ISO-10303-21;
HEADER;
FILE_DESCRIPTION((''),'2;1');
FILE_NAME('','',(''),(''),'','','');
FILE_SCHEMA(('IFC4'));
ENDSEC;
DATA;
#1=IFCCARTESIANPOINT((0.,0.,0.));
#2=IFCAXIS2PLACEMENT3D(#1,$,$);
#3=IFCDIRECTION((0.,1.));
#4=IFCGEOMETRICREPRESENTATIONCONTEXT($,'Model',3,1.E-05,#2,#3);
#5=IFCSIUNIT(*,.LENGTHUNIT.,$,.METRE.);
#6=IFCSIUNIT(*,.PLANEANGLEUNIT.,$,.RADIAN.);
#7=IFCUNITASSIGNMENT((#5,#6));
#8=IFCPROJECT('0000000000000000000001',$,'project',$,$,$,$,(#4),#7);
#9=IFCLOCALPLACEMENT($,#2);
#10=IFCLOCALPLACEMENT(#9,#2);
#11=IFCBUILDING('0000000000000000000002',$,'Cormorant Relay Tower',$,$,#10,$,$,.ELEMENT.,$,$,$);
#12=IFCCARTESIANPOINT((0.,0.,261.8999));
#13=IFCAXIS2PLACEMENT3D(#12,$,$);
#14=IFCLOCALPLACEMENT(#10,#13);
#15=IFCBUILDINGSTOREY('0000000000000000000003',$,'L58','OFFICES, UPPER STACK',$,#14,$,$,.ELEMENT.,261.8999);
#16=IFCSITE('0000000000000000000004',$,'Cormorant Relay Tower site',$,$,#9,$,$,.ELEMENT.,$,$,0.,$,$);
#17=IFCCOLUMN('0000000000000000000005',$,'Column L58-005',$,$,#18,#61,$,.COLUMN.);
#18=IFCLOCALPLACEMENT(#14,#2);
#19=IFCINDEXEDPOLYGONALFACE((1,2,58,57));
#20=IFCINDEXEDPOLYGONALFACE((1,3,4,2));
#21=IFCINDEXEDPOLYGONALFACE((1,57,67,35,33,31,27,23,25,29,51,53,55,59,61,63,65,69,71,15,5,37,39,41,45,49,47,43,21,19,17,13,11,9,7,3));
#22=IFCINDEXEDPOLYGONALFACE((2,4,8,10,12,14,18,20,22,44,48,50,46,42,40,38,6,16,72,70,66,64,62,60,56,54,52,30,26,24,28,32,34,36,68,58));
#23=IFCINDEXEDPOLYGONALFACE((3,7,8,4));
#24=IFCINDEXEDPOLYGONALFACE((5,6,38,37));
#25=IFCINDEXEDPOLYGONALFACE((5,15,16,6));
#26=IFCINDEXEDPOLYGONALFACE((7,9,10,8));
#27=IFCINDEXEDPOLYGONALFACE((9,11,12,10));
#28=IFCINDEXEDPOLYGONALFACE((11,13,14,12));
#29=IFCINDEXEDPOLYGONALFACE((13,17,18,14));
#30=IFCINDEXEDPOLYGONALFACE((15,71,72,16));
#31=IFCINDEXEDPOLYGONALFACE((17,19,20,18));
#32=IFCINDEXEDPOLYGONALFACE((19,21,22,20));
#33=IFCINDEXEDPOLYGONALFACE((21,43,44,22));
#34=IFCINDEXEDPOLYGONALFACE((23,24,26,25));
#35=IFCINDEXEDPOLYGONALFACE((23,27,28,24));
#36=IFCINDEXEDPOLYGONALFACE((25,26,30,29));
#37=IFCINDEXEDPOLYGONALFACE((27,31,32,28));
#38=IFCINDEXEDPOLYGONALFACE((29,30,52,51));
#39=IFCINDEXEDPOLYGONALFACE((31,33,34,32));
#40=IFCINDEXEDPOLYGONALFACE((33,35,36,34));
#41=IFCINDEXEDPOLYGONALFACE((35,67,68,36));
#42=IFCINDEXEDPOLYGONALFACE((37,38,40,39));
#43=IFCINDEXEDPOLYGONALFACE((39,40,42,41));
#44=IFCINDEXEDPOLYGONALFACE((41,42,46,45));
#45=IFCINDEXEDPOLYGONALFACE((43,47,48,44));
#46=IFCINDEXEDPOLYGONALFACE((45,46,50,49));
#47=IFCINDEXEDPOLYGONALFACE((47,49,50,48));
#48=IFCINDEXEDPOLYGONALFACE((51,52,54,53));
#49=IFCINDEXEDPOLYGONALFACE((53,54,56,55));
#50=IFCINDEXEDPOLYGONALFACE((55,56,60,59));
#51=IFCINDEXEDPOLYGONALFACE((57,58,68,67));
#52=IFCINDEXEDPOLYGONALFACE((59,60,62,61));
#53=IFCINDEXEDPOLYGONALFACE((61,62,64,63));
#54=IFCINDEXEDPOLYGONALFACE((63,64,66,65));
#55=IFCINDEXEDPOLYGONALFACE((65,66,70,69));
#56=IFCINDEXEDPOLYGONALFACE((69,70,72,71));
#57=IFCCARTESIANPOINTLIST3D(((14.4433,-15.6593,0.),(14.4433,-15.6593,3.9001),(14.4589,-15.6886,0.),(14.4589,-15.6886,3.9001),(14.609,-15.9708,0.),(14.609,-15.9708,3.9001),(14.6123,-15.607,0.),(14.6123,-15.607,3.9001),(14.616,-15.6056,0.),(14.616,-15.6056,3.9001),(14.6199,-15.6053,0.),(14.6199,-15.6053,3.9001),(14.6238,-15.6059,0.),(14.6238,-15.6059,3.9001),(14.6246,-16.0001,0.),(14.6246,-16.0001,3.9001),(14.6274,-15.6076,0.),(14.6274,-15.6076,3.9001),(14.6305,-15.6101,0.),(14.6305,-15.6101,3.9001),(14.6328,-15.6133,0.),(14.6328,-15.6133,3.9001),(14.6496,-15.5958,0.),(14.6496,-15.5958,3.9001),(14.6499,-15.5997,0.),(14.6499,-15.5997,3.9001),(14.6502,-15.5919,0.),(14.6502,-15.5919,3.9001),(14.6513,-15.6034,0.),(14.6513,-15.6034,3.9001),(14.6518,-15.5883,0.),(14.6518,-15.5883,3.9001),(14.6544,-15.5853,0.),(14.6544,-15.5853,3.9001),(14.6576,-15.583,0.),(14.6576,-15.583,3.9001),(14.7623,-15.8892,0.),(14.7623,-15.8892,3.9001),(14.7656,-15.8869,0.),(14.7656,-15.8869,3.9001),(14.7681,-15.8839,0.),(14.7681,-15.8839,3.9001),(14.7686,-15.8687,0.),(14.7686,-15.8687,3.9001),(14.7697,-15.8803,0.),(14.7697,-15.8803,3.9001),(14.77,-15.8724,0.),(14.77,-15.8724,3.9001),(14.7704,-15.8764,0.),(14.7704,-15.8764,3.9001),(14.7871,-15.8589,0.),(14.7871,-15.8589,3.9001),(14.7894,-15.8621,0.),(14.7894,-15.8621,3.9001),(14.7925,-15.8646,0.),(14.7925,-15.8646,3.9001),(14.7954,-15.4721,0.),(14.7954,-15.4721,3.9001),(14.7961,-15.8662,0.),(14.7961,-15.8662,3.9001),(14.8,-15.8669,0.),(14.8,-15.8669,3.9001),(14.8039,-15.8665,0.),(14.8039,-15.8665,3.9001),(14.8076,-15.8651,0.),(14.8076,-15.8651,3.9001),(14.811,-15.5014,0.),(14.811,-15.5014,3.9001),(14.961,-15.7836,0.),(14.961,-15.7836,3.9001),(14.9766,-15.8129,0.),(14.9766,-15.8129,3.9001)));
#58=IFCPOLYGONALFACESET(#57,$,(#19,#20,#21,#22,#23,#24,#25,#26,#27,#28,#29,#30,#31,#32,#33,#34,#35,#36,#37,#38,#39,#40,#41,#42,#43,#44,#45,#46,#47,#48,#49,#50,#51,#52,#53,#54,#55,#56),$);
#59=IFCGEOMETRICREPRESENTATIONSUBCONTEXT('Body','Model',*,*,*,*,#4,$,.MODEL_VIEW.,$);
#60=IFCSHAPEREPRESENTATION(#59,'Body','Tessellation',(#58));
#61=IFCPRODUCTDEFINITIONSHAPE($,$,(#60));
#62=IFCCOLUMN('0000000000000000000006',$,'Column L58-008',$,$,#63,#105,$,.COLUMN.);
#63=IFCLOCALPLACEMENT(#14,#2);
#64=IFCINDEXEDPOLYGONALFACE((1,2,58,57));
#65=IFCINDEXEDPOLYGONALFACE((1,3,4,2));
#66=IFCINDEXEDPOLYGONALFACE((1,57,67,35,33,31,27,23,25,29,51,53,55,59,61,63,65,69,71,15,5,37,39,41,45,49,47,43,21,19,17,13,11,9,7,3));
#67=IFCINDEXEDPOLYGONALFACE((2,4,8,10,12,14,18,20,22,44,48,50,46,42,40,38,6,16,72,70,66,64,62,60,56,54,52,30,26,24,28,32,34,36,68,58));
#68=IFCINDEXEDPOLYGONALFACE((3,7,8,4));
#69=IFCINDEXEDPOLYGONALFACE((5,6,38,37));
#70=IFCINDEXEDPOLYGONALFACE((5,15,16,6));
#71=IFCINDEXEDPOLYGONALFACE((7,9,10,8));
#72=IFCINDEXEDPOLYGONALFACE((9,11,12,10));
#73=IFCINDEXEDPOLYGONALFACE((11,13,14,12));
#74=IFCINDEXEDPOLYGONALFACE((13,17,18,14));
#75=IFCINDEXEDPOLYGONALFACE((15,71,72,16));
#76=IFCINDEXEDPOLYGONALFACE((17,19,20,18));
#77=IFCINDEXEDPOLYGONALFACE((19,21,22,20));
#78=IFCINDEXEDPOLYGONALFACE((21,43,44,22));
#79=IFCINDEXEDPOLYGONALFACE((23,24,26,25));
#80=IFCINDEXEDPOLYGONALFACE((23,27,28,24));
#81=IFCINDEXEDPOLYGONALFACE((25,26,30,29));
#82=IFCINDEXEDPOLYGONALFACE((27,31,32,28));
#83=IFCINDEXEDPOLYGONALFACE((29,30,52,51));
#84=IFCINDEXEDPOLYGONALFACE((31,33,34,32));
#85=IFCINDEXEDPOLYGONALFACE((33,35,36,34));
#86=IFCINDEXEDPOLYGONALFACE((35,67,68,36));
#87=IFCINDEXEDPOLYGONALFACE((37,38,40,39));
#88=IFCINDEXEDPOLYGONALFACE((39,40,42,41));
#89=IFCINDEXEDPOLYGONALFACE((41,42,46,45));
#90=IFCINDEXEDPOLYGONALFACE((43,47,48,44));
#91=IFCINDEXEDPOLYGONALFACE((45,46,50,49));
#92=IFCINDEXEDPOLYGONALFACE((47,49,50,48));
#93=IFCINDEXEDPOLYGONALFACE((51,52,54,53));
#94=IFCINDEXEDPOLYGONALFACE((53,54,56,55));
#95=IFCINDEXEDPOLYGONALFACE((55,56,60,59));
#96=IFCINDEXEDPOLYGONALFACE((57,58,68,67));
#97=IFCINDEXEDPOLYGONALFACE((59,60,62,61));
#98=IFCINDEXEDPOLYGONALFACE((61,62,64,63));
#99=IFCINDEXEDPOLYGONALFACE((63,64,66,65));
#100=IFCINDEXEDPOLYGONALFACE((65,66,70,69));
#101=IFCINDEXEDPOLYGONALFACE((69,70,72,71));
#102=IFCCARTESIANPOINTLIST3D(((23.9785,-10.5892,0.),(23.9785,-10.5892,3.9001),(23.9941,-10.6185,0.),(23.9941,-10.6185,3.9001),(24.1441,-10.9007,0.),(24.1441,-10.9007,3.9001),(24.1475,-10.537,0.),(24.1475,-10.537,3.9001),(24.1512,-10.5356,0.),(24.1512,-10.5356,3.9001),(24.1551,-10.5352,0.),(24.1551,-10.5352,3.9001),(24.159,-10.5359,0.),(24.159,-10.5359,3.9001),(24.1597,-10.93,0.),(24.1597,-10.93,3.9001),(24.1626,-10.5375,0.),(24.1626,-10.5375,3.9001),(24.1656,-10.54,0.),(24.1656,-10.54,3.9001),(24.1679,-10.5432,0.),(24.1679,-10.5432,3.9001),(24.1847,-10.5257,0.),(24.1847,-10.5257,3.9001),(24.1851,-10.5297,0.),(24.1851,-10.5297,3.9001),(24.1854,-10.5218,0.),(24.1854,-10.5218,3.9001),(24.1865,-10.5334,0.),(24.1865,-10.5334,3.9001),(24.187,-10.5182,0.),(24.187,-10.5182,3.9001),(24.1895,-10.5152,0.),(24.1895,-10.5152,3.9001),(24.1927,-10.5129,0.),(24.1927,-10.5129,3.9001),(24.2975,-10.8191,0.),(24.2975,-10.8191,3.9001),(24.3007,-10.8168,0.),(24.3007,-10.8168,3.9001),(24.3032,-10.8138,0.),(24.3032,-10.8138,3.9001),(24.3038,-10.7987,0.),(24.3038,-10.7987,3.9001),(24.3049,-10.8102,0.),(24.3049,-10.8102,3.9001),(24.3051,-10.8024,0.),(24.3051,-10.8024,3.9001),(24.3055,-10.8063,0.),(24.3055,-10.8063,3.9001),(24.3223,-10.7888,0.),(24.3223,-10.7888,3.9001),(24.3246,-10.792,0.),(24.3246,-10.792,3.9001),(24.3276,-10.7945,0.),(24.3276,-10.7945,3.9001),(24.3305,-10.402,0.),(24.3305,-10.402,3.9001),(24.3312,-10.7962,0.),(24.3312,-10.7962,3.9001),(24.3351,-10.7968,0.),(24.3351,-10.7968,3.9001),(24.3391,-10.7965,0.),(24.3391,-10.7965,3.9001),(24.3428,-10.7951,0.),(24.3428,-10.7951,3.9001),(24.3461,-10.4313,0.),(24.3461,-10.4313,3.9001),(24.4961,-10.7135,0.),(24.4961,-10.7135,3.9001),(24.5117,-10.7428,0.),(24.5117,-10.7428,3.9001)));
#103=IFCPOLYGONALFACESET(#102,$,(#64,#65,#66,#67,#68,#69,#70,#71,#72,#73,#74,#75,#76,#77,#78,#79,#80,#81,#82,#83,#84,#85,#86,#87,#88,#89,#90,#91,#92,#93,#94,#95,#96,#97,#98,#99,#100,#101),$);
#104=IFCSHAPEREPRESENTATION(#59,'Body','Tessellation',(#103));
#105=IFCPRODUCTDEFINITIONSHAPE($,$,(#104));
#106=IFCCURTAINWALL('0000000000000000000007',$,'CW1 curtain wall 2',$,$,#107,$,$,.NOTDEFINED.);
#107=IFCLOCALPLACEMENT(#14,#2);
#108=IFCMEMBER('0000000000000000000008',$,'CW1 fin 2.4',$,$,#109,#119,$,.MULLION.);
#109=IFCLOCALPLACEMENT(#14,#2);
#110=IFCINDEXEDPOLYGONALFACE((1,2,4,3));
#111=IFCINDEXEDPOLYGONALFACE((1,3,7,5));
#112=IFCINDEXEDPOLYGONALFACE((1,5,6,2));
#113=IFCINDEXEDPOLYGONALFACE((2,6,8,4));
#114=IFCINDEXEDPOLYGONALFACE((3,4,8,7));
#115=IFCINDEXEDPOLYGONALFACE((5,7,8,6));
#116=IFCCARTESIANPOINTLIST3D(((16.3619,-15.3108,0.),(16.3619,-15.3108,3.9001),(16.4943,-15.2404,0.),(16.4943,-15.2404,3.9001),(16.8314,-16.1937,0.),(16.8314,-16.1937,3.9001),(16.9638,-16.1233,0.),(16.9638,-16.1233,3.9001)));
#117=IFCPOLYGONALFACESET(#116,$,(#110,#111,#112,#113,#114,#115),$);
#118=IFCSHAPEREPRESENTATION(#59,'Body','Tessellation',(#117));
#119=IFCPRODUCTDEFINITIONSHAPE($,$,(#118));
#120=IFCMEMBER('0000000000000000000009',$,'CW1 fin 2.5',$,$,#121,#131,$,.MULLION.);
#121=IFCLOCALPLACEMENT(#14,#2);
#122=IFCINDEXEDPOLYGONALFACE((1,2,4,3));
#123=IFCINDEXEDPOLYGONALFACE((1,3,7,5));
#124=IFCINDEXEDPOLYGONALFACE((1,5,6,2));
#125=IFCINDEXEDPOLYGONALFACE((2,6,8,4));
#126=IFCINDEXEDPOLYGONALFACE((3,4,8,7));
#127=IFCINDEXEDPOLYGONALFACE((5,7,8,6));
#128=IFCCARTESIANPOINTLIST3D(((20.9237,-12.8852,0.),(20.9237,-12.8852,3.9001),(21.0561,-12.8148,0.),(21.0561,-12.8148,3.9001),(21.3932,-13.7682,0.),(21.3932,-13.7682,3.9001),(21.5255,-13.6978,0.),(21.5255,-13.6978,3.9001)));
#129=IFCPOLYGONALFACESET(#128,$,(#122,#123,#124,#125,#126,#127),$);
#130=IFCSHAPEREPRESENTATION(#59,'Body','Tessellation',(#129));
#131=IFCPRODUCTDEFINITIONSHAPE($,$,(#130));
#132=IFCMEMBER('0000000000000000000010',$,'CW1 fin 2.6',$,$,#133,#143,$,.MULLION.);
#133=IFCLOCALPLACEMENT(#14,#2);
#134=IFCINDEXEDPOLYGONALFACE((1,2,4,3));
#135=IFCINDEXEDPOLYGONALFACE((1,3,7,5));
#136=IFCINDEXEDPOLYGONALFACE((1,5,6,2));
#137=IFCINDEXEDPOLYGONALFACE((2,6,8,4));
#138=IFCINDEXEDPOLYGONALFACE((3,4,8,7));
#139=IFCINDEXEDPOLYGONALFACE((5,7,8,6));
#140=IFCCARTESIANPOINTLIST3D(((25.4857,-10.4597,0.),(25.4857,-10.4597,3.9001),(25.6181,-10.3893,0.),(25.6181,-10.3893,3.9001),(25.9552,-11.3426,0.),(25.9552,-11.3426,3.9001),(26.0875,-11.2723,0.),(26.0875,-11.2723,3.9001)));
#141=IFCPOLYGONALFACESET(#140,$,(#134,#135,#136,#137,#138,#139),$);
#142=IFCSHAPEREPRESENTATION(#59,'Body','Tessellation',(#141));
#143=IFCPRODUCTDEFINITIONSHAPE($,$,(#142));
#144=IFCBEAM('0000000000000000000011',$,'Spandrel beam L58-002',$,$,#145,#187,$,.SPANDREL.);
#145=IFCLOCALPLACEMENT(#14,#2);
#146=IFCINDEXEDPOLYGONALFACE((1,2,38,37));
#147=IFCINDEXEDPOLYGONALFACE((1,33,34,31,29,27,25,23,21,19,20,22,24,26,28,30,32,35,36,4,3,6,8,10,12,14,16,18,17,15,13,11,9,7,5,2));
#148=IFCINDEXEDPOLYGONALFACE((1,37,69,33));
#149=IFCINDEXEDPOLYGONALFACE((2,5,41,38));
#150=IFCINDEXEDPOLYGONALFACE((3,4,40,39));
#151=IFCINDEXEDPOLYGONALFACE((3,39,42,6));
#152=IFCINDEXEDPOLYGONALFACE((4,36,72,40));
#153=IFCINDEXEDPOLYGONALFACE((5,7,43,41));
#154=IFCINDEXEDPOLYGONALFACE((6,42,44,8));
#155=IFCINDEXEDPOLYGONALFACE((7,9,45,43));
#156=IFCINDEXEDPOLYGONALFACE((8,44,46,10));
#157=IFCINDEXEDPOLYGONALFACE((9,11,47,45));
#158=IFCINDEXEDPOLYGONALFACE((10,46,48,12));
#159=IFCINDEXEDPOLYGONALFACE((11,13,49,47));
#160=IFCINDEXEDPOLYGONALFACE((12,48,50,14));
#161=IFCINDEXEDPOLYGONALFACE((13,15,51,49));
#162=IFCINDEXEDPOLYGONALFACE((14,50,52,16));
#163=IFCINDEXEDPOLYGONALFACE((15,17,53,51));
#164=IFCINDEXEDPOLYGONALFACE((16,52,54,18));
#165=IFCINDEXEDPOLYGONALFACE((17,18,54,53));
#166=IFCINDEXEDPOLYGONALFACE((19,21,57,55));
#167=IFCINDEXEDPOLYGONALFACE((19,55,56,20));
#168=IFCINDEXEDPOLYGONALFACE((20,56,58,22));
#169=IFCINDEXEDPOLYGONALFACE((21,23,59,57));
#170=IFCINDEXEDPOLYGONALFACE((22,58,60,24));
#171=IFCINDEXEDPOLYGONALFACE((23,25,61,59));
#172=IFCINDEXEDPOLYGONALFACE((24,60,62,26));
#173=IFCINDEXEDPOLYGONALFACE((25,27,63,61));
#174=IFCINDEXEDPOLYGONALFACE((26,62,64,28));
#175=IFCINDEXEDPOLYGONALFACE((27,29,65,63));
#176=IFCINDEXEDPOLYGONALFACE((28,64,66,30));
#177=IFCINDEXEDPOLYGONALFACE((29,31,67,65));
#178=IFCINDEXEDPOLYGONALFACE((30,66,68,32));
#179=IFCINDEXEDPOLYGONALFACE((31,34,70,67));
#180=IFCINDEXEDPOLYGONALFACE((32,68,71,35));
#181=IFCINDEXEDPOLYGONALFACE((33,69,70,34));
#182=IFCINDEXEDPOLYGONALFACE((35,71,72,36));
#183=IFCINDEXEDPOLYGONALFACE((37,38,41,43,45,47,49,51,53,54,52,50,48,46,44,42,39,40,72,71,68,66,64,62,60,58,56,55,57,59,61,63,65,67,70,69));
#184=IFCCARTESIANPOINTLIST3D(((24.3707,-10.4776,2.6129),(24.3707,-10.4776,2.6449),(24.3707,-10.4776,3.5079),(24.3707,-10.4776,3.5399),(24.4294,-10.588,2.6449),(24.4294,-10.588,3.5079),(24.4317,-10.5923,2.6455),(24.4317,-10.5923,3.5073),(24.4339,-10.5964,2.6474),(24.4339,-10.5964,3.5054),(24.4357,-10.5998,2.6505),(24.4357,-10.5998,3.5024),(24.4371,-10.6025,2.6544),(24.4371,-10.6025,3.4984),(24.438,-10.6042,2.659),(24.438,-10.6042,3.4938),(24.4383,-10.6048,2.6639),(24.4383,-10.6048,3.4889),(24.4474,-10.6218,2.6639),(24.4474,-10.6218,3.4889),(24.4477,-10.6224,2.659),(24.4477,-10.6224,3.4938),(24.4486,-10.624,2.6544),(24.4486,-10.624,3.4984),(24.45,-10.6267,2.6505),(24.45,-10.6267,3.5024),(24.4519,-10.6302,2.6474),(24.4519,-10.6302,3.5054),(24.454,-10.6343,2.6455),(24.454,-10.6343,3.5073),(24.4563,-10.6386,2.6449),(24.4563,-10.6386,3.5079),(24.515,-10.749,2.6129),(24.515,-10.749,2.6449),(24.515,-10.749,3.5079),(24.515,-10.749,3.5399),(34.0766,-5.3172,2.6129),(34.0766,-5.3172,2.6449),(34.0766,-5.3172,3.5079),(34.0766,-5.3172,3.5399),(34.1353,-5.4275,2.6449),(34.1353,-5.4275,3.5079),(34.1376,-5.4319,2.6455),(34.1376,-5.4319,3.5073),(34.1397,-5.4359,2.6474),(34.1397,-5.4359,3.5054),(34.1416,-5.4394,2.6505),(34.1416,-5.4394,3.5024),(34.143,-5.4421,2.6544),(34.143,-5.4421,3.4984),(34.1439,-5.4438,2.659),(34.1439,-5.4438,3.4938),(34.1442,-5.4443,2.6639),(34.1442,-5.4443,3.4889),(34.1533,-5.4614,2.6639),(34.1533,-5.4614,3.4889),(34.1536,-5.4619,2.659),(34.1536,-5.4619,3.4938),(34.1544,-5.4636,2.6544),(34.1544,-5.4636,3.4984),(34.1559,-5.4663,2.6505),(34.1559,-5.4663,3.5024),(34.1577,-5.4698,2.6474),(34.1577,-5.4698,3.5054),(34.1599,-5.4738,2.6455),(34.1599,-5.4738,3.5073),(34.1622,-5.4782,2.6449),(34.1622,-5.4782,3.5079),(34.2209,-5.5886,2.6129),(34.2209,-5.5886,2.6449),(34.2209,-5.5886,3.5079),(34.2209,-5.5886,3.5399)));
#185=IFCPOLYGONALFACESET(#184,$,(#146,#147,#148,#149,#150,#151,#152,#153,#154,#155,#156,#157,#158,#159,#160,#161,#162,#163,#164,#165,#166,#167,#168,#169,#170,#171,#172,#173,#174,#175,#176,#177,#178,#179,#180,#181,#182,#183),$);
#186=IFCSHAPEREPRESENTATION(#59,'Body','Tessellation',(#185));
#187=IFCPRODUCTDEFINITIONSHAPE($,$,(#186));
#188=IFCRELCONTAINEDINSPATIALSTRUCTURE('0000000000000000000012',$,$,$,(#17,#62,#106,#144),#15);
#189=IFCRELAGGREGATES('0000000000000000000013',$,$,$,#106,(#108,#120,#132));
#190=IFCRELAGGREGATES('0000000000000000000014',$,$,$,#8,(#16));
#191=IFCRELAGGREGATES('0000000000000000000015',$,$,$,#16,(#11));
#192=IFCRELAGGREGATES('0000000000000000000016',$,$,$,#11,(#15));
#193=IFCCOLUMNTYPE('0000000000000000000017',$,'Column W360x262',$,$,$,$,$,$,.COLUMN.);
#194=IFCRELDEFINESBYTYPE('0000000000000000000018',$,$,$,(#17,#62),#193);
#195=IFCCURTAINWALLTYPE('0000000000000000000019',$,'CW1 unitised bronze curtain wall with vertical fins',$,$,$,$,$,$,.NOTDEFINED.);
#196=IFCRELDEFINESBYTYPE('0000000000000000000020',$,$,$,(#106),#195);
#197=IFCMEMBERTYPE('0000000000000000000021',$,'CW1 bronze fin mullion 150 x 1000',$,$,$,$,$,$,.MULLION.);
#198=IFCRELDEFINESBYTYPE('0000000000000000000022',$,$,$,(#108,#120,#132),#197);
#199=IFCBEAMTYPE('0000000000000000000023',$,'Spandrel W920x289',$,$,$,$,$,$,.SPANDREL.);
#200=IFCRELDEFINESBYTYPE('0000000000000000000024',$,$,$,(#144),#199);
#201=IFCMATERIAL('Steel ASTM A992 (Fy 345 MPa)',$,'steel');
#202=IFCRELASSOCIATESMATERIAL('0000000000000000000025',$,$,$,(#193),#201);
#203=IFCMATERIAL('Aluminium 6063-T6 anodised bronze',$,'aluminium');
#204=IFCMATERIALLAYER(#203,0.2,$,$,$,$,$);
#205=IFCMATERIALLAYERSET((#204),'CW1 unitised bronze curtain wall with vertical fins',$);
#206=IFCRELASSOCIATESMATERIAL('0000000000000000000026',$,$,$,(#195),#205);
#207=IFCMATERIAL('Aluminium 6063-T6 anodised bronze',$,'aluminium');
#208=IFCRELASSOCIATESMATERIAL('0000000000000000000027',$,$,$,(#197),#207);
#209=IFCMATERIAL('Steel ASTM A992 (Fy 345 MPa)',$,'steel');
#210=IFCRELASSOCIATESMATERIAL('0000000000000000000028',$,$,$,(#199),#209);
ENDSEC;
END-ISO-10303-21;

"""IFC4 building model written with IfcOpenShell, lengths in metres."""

from ifc_helpers import new_model, si_unit, direction, frame, origin, origin_2d, place, context, subcontext, project, spatial, rectangle, i_section, extrude, material, layer, layer_set, material_profile, profile_set, type_object, element, aggregate, save


model = new_model("IFC4")

# Units and contexts
model_context = context("Model", 3, precision=1e-05, world=origin(), true_north=direction((0.0, 1.0)))
body_context = subcontext(model_context, "Body", "Model", "MODEL_VIEW")
ifc_project = project(units=[si_unit("LENGTHUNIT", "METRE"), si_unit("PLANEANGLEUNIT", "RADIAN")], contexts=[model_context])

# Site, building, storey
site_placement = place(None, origin())
site = spatial("IfcSite", under=ifc_project, at=site_placement, Name="Cormorant Relay Tower site", CompositionType="ELEMENT", RefElevation=0.0)
building_placement = place(site_placement, origin())
building = spatial("IfcBuilding", under=site, at=building_placement, Name="Cormorant Relay Tower", CompositionType="ELEMENT")
storey_placement = place(building_placement, frame((0.0, 0.0, 261.8999)))
storey = spatial("IfcBuildingStorey", under=building, at=storey_placement, Name="L58", Description="OFFICES, UPPER STACK", CompositionType="ELEMENT", Elevation=261.8999)

# Columns
ifc_material_1 = material(Name="Steel ASTM A992 (Fy 345 MPa)", Category="steel")
ifc_material_profile_1 = material_profile(ifc_material_1, i_section(OverallWidth=0.3987, OverallDepth=0.386, WebThickness=0.021, FlangeThickness=0.0332, FilletRadius=0.0151, at=origin_2d()), Name="W360x262")
ifc_profile_set_1 = profile_set([ifc_material_profile_1], Name="Steel ASTM A992 (Fy 345 MPa)")
column_type = type_object("IfcColumnType", Name="Column W360x262", PredefinedType="COLUMN", material=ifc_profile_set_1)
for number, where, z_axis, x_axis, name in (
    (1, (14.71, -15.7361, 0.0), (0.0, 0.0, 1.0), (0.882948, 0.469472, 0.0), "Column L58-005"),
    (2, (24.2451, -10.666, 0.0), (0.0, 0.0, 1.0), (0.882948, 0.469472, 0.0), "Column L58-008"),
):
    element("IfcColumn", number, at=place(storey_placement, frame(where, z_axis=z_axis, x_axis=x_axis)), inside=storey, type_object=column_type, Name=name, PredefinedType="COLUMN", context=body_context, shape_type="SweptSolid", body=[
        extrude(i_section(OverallWidth=0.3987, OverallDepth=0.386, WebThickness=0.021, FlangeThickness=0.0332, FilletRadius=0.0151, at=origin_2d()), origin(), (0.0, 0.0, 1.0), 3.9001),
    ])

# Curtain wall, members
ifc_material_2 = material(Name="Aluminium 6063-T6 anodised bronze", Category="aluminium")
ifc_layer_1 = layer(ifc_material_2, 0.2)
ifc_layer_set_1 = layer_set([ifc_layer_1], Name="CW1 unitised bronze curtain wall with vertical fins")
curtain_wall_type = type_object("IfcCurtainWallType", Name="CW1 unitised bronze curtain wall with vertical fins", PredefinedType="NOTDEFINED", material=ifc_layer_set_1)
curtain_wall_placement = place(storey_placement, origin())
curtain_wall = element("IfcCurtainWall", 3, at=curtain_wall_placement, inside=storey, type_object=curtain_wall_type, Name="CW1 curtain wall 2", PredefinedType="NOTDEFINED")
ifc_material_3 = material(Name="Aluminium 6063-T6 anodised bronze", Category="aluminium")
ifc_material_profile_2 = material_profile(ifc_material_3, rectangle(XDim=0.1499, YDim=1.0, at=origin_2d()), Name="AL 150x1000")
ifc_profile_set_2 = profile_set([ifc_material_profile_2], Name="Aluminium 6063-T6 anodised bronze")
member_type = type_object("IfcMemberType", Name="CW1 bronze fin mullion 150 x 1000", PredefinedType="MULLION", material=ifc_profile_set_2)
member_1_placement = place(storey_placement, frame((16.6628, -15.717, 0.0), z_axis=(0.0, 0.0, 1.0), x_axis=(0.882948, 0.469472, 0.0)))
member_1 = element("IfcMember", 4, at=member_1_placement, type_object=member_type, Name="CW1 fin 2.4", PredefinedType="MULLION", context=body_context, shape_type="SweptSolid", body=[
    extrude(rectangle(XDim=0.1499, YDim=1.0, at=origin_2d()), origin(), (0.0, 0.0, 1.0), 3.9001),
])
member_2_placement = place(storey_placement, frame((21.2246, -13.2915, 0.0), z_axis=(0.0, 0.0, 1.0), x_axis=(0.882948, 0.469472, 0.0)))
member_2 = element("IfcMember", 5, at=member_2_placement, type_object=member_type, Name="CW1 fin 2.5", PredefinedType="MULLION", context=body_context, shape_type="SweptSolid", body=[
    extrude(rectangle(XDim=0.1499, YDim=1.0, at=origin_2d()), origin(), (0.0, 0.0, 1.0), 3.9001),
])
member_3_placement = place(storey_placement, frame((25.7866, -10.866, 0.0), z_axis=(0.0, 0.0, 1.0), x_axis=(0.882948, 0.469472, 0.0)))
member_3 = element("IfcMember", 6, at=member_3_placement, type_object=member_type, Name="CW1 fin 2.6", PredefinedType="MULLION", context=body_context, shape_type="SweptSolid", body=[
    extrude(rectangle(XDim=0.1499, YDim=1.0, at=origin_2d()), origin(), (0.0, 0.0, 1.0), 3.9001),
])

# Beam
ifc_material_4 = material(Name="Steel ASTM A992 (Fy 345 MPa)", Category="steel")
ifc_material_profile_3 = material_profile(ifc_material_4, i_section(OverallWidth=0.3074, OverallDepth=0.927, WebThickness=0.0193, FlangeThickness=0.032, FilletRadius=0.019, at=origin_2d()), Name="W920x289")
ifc_profile_set_3 = profile_set([ifc_material_profile_3], Name="Steel ASTM A992 (Fy 345 MPa)")
beam_type_1 = type_object("IfcBeamType", Name="Spandrel W920x289", PredefinedType="SPANDREL", material=ifc_profile_set_3)
beam_1_placement = place(storey_placement, frame((24.4429, -10.6133, 3.0764), z_axis=(0.882958, 0.469452, 0.0), x_axis=(-0.469452, 0.882958, 0.0)))
element("IfcBeam", 7, at=beam_1_placement, inside=storey, type_object=beam_type_1, Name="Spandrel beam L58-002", PredefinedType="SPANDREL", context=body_context, shape_type="SweptSolid", body=[
    extrude(i_section(OverallWidth=0.3074, OverallDepth=0.927, WebThickness=0.0193, FlangeThickness=0.032, FilletRadius=0.019, at=origin_2d()), origin(), (0.0, 0.0, 1.0), 10.9924),
])

aggregate(curtain_wall, [member_1, member_2, member_3])

save(model, "model.ifc")
